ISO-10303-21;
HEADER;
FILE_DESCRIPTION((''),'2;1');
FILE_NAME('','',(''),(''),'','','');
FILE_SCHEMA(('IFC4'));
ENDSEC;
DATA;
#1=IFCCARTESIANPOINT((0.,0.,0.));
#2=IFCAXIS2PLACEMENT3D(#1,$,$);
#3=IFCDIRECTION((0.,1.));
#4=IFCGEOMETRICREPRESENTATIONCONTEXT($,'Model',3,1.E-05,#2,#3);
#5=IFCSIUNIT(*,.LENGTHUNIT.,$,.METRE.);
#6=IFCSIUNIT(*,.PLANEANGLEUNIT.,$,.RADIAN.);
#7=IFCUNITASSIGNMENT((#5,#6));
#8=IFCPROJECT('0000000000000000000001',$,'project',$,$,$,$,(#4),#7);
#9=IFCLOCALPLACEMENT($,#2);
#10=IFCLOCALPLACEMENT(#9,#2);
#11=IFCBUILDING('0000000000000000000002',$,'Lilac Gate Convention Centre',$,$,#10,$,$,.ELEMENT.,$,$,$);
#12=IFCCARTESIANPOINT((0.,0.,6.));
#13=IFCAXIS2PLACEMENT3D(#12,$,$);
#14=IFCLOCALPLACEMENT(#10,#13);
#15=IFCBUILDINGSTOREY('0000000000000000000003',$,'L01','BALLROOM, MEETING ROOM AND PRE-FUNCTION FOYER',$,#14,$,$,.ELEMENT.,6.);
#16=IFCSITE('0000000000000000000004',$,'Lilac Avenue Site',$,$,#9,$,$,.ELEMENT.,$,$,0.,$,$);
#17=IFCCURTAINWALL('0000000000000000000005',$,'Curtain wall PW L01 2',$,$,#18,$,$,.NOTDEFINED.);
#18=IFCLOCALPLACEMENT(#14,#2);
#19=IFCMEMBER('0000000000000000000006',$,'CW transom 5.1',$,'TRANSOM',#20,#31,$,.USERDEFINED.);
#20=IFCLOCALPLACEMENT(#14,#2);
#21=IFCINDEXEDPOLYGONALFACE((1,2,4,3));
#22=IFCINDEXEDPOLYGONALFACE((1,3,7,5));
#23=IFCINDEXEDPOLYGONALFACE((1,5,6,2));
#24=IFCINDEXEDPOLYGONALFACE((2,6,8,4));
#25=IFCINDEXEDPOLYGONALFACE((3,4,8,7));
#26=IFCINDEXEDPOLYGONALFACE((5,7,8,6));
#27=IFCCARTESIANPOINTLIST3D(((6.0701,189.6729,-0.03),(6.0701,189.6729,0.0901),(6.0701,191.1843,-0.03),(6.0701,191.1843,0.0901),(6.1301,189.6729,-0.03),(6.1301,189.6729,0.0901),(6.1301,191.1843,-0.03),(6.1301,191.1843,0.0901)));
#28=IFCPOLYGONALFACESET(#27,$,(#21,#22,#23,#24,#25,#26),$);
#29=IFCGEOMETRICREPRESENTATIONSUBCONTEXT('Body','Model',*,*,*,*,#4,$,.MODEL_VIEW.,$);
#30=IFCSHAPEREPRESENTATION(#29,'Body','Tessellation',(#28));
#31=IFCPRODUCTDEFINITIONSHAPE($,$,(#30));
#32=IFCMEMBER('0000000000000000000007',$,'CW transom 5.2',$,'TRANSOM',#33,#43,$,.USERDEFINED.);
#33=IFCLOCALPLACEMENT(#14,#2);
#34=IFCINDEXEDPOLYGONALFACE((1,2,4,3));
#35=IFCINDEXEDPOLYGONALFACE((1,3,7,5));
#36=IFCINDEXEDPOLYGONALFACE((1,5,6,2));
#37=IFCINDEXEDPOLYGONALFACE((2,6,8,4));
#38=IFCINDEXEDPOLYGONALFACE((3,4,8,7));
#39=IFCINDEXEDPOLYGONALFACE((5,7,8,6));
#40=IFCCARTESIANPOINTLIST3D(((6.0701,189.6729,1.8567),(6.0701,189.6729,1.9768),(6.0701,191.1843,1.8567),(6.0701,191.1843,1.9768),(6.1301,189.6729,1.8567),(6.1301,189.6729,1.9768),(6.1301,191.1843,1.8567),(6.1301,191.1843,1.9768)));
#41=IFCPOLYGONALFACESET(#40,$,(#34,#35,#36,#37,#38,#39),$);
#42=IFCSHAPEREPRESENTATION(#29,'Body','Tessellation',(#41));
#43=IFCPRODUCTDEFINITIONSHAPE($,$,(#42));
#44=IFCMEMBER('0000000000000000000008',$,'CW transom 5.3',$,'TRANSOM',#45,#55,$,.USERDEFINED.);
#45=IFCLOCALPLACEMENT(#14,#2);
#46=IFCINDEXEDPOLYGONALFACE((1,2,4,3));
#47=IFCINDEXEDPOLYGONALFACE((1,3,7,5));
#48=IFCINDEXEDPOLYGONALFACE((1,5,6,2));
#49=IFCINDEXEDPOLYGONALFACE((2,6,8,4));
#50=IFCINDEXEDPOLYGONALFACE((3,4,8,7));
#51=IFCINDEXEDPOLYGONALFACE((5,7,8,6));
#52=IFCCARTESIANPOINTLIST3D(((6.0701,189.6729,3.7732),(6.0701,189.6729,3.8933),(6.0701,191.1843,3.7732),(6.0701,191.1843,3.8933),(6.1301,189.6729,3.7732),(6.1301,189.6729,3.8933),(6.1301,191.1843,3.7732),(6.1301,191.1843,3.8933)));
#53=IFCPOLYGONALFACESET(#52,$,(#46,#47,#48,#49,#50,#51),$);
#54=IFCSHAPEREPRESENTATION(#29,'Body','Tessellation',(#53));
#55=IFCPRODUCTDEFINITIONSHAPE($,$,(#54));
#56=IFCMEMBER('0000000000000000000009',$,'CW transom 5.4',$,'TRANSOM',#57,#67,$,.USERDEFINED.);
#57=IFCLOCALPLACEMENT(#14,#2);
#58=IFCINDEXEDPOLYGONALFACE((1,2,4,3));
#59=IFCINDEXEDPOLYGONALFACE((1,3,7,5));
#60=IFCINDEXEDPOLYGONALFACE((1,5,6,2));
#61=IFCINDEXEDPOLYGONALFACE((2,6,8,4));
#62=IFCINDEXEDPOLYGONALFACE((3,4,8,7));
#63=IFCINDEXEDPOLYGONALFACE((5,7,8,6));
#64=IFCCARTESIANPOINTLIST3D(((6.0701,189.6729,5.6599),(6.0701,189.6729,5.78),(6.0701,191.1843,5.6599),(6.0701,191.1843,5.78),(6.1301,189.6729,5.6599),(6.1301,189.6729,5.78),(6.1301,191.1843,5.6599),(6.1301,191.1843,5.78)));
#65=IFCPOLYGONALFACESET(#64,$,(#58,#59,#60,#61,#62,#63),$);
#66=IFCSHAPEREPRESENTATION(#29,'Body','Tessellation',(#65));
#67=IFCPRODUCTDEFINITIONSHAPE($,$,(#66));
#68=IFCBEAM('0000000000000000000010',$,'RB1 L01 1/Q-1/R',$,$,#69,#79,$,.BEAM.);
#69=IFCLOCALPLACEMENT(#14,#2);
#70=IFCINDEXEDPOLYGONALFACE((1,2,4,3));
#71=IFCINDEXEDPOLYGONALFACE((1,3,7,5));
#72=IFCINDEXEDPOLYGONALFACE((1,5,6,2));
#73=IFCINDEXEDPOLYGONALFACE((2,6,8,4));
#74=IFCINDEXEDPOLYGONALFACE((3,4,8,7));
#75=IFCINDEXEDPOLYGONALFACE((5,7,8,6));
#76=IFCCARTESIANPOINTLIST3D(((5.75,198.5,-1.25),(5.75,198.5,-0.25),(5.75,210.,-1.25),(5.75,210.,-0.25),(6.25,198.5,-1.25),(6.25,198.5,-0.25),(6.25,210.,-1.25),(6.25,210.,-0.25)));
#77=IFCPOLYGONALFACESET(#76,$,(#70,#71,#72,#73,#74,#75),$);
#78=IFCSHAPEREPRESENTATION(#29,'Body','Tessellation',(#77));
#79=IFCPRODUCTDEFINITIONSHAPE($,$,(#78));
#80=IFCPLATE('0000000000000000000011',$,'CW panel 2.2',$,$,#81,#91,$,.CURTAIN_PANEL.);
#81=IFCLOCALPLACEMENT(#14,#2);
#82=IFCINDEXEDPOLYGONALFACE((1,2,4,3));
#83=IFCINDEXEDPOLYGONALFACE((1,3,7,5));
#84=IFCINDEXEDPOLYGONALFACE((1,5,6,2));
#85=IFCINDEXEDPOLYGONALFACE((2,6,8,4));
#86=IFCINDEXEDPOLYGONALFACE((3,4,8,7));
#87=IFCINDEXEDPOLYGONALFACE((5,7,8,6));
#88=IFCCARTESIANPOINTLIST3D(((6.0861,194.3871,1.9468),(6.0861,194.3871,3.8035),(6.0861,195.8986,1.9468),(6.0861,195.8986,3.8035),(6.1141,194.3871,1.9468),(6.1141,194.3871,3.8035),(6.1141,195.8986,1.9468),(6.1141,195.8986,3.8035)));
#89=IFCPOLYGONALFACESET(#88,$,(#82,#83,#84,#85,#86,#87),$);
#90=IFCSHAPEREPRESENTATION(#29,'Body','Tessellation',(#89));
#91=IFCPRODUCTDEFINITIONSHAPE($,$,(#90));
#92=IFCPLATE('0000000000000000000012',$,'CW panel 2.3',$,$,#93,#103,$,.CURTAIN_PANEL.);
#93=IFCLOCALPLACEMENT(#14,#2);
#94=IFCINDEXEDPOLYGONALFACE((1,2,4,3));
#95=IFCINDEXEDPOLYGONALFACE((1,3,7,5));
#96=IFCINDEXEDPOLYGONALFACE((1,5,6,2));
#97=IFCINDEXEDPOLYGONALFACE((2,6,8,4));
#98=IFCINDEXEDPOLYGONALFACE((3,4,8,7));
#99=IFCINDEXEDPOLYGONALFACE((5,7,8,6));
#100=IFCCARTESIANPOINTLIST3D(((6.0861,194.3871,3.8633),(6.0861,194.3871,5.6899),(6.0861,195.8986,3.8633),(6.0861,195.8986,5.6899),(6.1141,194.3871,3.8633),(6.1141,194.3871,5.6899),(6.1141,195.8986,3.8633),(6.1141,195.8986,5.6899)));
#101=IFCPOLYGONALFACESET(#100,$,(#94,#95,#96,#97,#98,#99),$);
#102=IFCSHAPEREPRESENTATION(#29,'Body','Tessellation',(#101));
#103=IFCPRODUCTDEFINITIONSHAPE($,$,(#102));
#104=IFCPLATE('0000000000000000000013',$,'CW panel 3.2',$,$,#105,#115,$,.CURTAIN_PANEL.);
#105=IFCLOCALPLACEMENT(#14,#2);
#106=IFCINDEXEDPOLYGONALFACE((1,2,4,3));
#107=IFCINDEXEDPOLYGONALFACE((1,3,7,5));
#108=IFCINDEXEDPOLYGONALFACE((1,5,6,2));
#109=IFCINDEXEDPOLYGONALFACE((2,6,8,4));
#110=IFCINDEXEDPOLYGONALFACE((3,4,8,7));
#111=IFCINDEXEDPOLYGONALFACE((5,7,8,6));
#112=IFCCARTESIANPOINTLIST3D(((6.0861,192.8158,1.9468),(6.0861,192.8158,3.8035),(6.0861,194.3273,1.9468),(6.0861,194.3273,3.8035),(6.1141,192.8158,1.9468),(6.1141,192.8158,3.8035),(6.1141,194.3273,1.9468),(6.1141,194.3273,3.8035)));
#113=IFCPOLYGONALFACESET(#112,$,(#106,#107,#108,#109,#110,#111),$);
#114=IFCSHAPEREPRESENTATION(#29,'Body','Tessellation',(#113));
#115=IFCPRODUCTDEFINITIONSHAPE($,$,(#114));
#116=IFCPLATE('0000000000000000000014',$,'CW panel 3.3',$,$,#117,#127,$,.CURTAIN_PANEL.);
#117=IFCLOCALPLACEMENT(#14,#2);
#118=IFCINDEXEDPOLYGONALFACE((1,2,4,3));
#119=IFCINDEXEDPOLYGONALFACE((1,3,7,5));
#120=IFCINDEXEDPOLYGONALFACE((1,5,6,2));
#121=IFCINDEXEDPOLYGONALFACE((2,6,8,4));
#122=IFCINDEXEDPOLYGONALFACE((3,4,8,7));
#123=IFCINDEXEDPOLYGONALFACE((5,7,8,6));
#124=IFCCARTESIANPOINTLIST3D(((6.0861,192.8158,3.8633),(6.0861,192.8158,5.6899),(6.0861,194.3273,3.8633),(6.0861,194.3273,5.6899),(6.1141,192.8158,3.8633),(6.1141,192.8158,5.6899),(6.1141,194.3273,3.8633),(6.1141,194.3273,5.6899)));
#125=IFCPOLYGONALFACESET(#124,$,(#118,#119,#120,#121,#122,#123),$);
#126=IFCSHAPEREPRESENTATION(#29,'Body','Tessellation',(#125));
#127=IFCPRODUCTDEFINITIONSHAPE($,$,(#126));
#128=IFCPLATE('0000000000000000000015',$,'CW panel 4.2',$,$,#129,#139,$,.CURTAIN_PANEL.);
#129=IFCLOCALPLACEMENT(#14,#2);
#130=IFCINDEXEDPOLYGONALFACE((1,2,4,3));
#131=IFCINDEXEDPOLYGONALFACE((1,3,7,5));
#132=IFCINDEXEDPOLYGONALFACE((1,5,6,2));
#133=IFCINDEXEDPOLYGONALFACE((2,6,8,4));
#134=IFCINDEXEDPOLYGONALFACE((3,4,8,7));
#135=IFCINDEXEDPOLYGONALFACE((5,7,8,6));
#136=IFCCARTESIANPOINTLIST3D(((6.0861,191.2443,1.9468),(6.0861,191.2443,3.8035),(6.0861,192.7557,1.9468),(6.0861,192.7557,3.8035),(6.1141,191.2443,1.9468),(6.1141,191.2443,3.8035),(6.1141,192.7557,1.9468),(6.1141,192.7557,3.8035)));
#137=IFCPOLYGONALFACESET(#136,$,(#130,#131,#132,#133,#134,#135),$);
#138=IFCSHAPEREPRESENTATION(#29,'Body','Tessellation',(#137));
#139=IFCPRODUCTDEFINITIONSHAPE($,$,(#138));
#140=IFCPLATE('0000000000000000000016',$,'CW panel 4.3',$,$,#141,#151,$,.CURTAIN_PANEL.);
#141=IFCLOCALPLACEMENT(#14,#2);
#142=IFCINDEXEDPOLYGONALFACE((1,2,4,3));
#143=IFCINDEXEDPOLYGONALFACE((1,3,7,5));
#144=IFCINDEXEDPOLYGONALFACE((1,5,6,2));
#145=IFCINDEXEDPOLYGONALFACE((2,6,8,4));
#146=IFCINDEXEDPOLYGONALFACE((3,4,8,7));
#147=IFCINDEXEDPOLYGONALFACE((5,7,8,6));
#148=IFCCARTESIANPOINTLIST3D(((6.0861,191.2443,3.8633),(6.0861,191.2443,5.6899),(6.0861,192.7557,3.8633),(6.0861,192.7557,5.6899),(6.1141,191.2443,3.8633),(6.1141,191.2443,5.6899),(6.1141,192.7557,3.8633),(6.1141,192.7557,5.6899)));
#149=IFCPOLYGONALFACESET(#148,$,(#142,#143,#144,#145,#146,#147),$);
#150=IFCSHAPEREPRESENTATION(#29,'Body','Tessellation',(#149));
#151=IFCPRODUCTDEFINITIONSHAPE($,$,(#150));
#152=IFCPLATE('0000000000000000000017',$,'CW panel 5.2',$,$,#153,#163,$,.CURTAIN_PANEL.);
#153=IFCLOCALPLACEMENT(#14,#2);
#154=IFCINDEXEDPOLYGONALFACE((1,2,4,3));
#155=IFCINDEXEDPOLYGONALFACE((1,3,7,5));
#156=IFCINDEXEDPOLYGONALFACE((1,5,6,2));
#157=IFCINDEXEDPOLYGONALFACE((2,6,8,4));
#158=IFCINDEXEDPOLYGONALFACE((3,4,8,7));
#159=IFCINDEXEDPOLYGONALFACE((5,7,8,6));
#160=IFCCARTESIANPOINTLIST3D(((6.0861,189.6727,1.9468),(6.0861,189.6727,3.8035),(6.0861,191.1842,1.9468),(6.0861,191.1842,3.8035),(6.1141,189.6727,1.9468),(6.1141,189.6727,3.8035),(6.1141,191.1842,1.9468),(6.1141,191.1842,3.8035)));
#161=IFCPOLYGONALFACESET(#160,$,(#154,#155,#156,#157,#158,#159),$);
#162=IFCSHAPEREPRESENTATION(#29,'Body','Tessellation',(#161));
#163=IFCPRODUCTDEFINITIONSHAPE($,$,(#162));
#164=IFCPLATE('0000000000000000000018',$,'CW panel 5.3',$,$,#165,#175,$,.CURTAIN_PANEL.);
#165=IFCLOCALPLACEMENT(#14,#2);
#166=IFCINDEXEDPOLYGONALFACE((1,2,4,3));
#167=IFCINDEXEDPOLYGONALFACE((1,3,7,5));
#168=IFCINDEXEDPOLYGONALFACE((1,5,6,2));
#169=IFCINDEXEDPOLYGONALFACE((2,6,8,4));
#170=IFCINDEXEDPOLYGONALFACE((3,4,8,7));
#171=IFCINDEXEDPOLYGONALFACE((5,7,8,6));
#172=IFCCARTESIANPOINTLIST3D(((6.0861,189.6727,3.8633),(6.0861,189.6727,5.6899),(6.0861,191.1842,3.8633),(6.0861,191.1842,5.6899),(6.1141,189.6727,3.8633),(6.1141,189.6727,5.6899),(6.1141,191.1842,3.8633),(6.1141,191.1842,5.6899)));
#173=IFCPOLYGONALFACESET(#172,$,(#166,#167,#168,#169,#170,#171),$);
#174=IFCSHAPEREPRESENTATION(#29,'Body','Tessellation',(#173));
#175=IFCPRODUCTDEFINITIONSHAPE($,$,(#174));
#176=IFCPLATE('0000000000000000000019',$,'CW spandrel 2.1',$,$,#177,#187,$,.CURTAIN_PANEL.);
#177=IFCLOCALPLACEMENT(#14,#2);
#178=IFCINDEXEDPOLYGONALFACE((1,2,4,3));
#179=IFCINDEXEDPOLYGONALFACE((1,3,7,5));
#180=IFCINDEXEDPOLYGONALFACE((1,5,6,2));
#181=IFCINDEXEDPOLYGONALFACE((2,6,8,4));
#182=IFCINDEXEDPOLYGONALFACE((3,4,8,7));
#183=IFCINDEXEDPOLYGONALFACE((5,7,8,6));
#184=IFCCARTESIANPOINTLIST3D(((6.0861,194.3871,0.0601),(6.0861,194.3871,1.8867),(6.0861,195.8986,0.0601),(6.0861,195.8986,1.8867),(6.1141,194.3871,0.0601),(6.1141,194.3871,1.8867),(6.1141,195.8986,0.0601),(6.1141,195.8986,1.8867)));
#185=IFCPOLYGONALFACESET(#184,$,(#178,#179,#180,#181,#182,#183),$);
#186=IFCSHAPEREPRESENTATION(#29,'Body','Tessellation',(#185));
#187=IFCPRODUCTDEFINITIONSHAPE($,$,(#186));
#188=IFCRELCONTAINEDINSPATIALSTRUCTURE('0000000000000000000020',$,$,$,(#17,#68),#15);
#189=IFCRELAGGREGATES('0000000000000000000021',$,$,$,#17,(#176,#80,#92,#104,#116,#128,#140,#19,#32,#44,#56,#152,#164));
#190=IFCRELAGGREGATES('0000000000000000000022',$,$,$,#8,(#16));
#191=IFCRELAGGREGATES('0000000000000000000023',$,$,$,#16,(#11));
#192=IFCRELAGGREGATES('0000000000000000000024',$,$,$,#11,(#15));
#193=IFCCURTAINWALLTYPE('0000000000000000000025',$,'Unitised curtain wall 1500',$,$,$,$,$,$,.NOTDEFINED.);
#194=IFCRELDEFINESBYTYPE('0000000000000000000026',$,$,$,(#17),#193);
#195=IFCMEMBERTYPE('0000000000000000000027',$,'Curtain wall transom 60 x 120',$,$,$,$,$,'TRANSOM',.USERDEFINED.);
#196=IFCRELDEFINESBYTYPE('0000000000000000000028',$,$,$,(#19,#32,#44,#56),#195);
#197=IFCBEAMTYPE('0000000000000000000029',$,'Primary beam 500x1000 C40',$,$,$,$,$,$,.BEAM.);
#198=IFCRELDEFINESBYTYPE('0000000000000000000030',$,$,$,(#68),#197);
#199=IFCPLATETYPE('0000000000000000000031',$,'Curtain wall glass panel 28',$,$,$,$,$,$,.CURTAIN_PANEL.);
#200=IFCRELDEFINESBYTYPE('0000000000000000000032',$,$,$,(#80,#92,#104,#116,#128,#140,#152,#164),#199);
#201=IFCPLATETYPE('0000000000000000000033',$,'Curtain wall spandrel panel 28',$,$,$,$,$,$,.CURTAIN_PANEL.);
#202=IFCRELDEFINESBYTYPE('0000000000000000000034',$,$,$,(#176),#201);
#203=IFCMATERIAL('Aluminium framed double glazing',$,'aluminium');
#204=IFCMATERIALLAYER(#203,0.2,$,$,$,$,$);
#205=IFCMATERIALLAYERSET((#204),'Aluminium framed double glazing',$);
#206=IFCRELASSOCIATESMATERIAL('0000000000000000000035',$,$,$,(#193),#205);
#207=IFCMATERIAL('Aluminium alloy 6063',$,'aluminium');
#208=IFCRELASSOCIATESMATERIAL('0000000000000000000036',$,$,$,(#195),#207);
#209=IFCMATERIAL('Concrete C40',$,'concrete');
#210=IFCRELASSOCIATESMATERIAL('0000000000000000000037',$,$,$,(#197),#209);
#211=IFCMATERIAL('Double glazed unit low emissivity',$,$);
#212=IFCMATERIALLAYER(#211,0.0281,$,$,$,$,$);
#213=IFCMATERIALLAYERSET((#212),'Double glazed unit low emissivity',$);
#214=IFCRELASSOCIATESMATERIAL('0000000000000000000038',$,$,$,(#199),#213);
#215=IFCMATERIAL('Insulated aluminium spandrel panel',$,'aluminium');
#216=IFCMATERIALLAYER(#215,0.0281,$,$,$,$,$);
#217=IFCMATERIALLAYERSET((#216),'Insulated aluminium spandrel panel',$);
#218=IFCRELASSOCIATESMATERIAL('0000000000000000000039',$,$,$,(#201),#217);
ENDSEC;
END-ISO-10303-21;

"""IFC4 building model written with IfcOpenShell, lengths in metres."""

from ifc_helpers import new_model, si_unit, direction, frame, origin, origin_2d, place, context, subcontext, project, spatial, rectangle, extrude, material, layer, layer_set, material_profile, profile_set, type_object, element, aggregate, save


model = new_model("IFC4")

# Units and contexts
model_context = context("Model", 3, precision=1e-05, world=origin(), true_north=direction((0.0, 1.0)))
body_context = subcontext(model_context, "Body", "Model", "MODEL_VIEW")
ifc_project = project(units=[si_unit("LENGTHUNIT", "METRE"), si_unit("PLANEANGLEUNIT", "RADIAN")], contexts=[model_context])

# Site, building, storey
site_placement = place(None, origin())
site = spatial("IfcSite", under=ifc_project, at=site_placement, Name="Lilac Avenue Site", CompositionType="ELEMENT", RefElevation=0.0)
building_placement = place(site_placement, origin())
building = spatial("IfcBuilding", under=site, at=building_placement, Name="Lilac Gate Convention Centre", CompositionType="ELEMENT")
storey_placement = place(building_placement, frame((0.0, 0.0, 6.0)))
storey = spatial("IfcBuildingStorey", under=building, at=storey_placement, Name="L01", Description="BALLROOM, MEETING ROOM AND PRE-FUNCTION FOYER", CompositionType="ELEMENT", Elevation=6.0)

# Shared definitions
ifc_material_1 = material(Name="Concrete C40", Category="concrete")

# Curtain wall, members
ifc_material_2 = material(Name="Aluminium framed double glazing", Category="aluminium")
ifc_layer_1 = layer(ifc_material_2, 0.2)
ifc_layer_set_1 = layer_set([ifc_layer_1], Name="Aluminium framed double glazing")
curtain_wall_type = type_object("IfcCurtainWallType", Name="Unitised curtain wall 1500", PredefinedType="NOTDEFINED", material=ifc_layer_set_1)
curtain_wall_placement = place(storey_placement, origin())
curtain_wall = element("IfcCurtainWall", 1, at=curtain_wall_placement, inside=storey, type_object=curtain_wall_type, Name="Curtain wall PW L01 2", PredefinedType="NOTDEFINED")
ifc_material_3 = material(Name="Aluminium alloy 6063", Category="aluminium")
ifc_material_profile_1 = material_profile(ifc_material_3, rectangle(XDim=0.0601, YDim=0.1201, at=origin_2d()), Name="Curtain wall transom 60 x 120")
ifc_profile_set_1 = profile_set([ifc_material_profile_1], Name="Aluminium alloy 6063")
member_type_1 = type_object("IfcMemberType", Name="Curtain wall transom 60 x 120", ElementType="TRANSOM", PredefinedType="USERDEFINED", material=ifc_profile_set_1)
member_1_placement = place(storey_placement, frame((6.1001, 191.1843, 0.03), z_axis=(0.0, -1.0, 0.0), x_axis=(1.0, 0.0, 0.0)))
member_1 = element("IfcMember", 2, at=member_1_placement, type_object=member_type_1, Name="CW transom 5.1", ObjectType="TRANSOM", PredefinedType="USERDEFINED", context=body_context, shape_type="SweptSolid", body=[
    extrude(rectangle(XDim=0.0601, YDim=0.1201, at=origin_2d()), origin(), (0.0, 0.0, 1.0), 1.5115),
])
member_2_placement = place(storey_placement, frame((6.1001, 191.1843, 1.9167), z_axis=(0.0, -1.0, 0.0), x_axis=(1.0, 0.0, 0.0)))
member_2 = element("IfcMember", 3, at=member_2_placement, type_object=member_type_1, Name="CW transom 5.2", ObjectType="TRANSOM", PredefinedType="USERDEFINED", context=body_context, shape_type="SweptSolid", body=[
    extrude(rectangle(XDim=0.0601, YDim=0.1201, at=origin_2d()), origin(), (0.0, 0.0, 1.0), 1.5115),
])
member_3_placement = place(storey_placement, frame((6.1001, 191.1843, 3.8333), z_axis=(0.0, -1.0, 0.0), x_axis=(1.0, 0.0, 0.0)))
member_3 = element("IfcMember", 4, at=member_3_placement, type_object=member_type_1, Name="CW transom 5.3", ObjectType="TRANSOM", PredefinedType="USERDEFINED", context=body_context, shape_type="SweptSolid", body=[
    extrude(rectangle(XDim=0.0601, YDim=0.1201, at=origin_2d()), origin(), (0.0, 0.0, 1.0), 1.5115),
])
member_4_placement = place(storey_placement, frame((6.1001, 191.1843, 5.72), z_axis=(0.0, -1.0, 0.0), x_axis=(1.0, 0.0, 0.0)))
member_4 = element("IfcMember", 5, at=member_4_placement, type_object=member_type_1, Name="CW transom 5.4", ObjectType="TRANSOM", PredefinedType="USERDEFINED", context=body_context, shape_type="SweptSolid", body=[
    extrude(rectangle(XDim=0.0601, YDim=0.1201, at=origin_2d()), origin(), (0.0, 0.0, 1.0), 1.5115),
])

# Beam
ifc_material_profile_2 = material_profile(ifc_material_1, rectangle(XDim=0.5, YDim=1.0, at=origin_2d()), Name="RC 500x1000")
ifc_profile_set_2 = profile_set([ifc_material_profile_2], Name="Concrete C40")
beam_type = type_object("IfcBeamType", Name="Primary beam 500x1000 C40", PredefinedType="BEAM", material=ifc_profile_set_2)
beam_placement = place(storey_placement, frame((6.0, 198.5, -0.75), z_axis=(0.0, 1.0, 0.0), x_axis=(-1.0, 0.0, 0.0)))
element("IfcBeam", 6, at=beam_placement, inside=storey, type_object=beam_type, Name="RB1 L01 1/Q-1/R", PredefinedType="BEAM", context=body_context, shape_type="SweptSolid", body=[
    extrude(rectangle(XDim=0.5, YDim=1.0, at=origin_2d()), origin(), (0.0, 0.0, 1.0), 11.5),
])

# Plates
ifc_material_4 = material(Name="Double glazed unit low emissivity")
ifc_layer_2 = layer(ifc_material_4, 0.0281)
ifc_layer_set_2 = layer_set([ifc_layer_2], Name="Double glazed unit low emissivity")
plate_type_1 = type_object("IfcPlateType", Name="Curtain wall glass panel 28", PredefinedType="CURTAIN_PANEL", material=ifc_layer_set_2)
plate_1_placement = place(storey_placement, frame((6.1001, 195.1428, 1.9468), z_axis=(0.0, 0.0, 1.0), x_axis=(0.0, -1.0, 0.0)))
plate_1 = element("IfcPlate", 7, at=plate_1_placement, type_object=plate_type_1, Name="CW panel 2.2", PredefinedType="CURTAIN_PANEL", context=body_context, shape_type="SweptSolid", body=[
    extrude(rectangle(XDim=1.5115, YDim=0.0281, at=origin_2d()), origin(), (0.0, 0.0, 1.0), 1.8567),
])
plate_2_placement = place(storey_placement, frame((6.1001, 195.1428, 3.8633), z_axis=(0.0, 0.0, 1.0), x_axis=(0.0, -1.0, 0.0)))
plate_2 = element("IfcPlate", 8, at=plate_2_placement, type_object=plate_type_1, Name="CW panel 2.3", PredefinedType="CURTAIN_PANEL", context=body_context, shape_type="SweptSolid", body=[
    extrude(rectangle(XDim=1.5115, YDim=0.0281, at=origin_2d()), origin(), (0.0, 0.0, 1.0), 1.8267),
])
plate_3_placement = place(storey_placement, frame((6.1001, 193.5715, 1.9468), z_axis=(0.0, 0.0, 1.0), x_axis=(0.0, -1.0, 0.0)))
plate_3 = element("IfcPlate", 9, at=plate_3_placement, type_object=plate_type_1, Name="CW panel 3.2", PredefinedType="CURTAIN_PANEL", context=body_context, shape_type="SweptSolid", body=[
    extrude(rectangle(XDim=1.5115, YDim=0.0281, at=origin_2d()), origin(), (0.0, 0.0, 1.0), 1.8567),
])
plate_4_placement = place(storey_placement, frame((6.1001, 193.5715, 3.8633), z_axis=(0.0, 0.0, 1.0), x_axis=(0.0, -1.0, 0.0)))
plate_4 = element("IfcPlate", 10, at=plate_4_placement, type_object=plate_type_1, Name="CW panel 3.3", PredefinedType="CURTAIN_PANEL", context=body_context, shape_type="SweptSolid", body=[
    extrude(rectangle(XDim=1.5115, YDim=0.0281, at=origin_2d()), origin(), (0.0, 0.0, 1.0), 1.8267),
])
plate_5_placement = place(storey_placement, frame((6.1001, 192.0, 1.9468), z_axis=(0.0, 0.0, 1.0), x_axis=(0.0, -1.0, 0.0)))
plate_5 = element("IfcPlate", 11, at=plate_5_placement, type_object=plate_type_1, Name="CW panel 4.2", PredefinedType="CURTAIN_PANEL", context=body_context, shape_type="SweptSolid", body=[
    extrude(rectangle(XDim=1.5115, YDim=0.0281, at=origin_2d()), origin(), (0.0, 0.0, 1.0), 1.8567),
])
plate_6_placement = place(storey_placement, frame((6.1001, 192.0, 3.8633), z_axis=(0.0, 0.0, 1.0), x_axis=(0.0, -1.0, 0.0)))
plate_6 = element("IfcPlate", 12, at=plate_6_placement, type_object=plate_type_1, Name="CW panel 4.3", PredefinedType="CURTAIN_PANEL", context=body_context, shape_type="SweptSolid", body=[
    extrude(rectangle(XDim=1.5115, YDim=0.0281, at=origin_2d()), origin(), (0.0, 0.0, 1.0), 1.8267),
])
plate_7_placement = place(storey_placement, frame((6.1001, 190.4285, 1.9468), z_axis=(0.0, 0.0, 1.0), x_axis=(0.0, -1.0, 0.0)))
plate_7 = element("IfcPlate", 13, at=plate_7_placement, type_object=plate_type_1, Name="CW panel 5.2", PredefinedType="CURTAIN_PANEL", context=body_context, shape_type="SweptSolid", body=[
    extrude(rectangle(XDim=1.5115, YDim=0.0281, at=origin_2d()), origin(), (0.0, 0.0, 1.0), 1.8567),
])
plate_8_placement = place(storey_placement, frame((6.1001, 190.4285, 3.8633), z_axis=(0.0, 0.0, 1.0), x_axis=(0.0, -1.0, 0.0)))
plate_8 = element("IfcPlate", 14, at=plate_8_placement, type_object=plate_type_1, Name="CW panel 5.3", PredefinedType="CURTAIN_PANEL", context=body_context, shape_type="SweptSolid", body=[
    extrude(rectangle(XDim=1.5115, YDim=0.0281, at=origin_2d()), origin(), (0.0, 0.0, 1.0), 1.8267),
])
ifc_material_5 = material(Name="Insulated aluminium spandrel panel", Category="aluminium")
ifc_layer_3 = layer(ifc_material_5, 0.0281)
ifc_layer_set_3 = layer_set([ifc_layer_3], Name="Insulated aluminium spandrel panel")
plate_type_2 = type_object("IfcPlateType", Name="Curtain wall spandrel panel 28", PredefinedType="CURTAIN_PANEL", material=ifc_layer_set_3)
plate_9_placement = place(storey_placement, frame((6.1001, 195.1428, 0.0601), z_axis=(0.0, 0.0, 1.0), x_axis=(0.0, -1.0, 0.0)))
plate_9 = element("IfcPlate", 15, at=plate_9_placement, type_object=plate_type_2, Name="CW spandrel 2.1", PredefinedType="CURTAIN_PANEL", context=body_context, shape_type="SweptSolid", body=[
    extrude(rectangle(XDim=1.5115, YDim=0.0281, at=origin_2d()), origin(), (0.0, 0.0, 1.0), 1.8267),
])
aggregate(curtain_wall, [plate_9, plate_1, plate_2, plate_3, plate_4, plate_5, plate_6, member_1, member_2, member_3, member_4, plate_7, plate_8])

save(model, "model.ifc")
